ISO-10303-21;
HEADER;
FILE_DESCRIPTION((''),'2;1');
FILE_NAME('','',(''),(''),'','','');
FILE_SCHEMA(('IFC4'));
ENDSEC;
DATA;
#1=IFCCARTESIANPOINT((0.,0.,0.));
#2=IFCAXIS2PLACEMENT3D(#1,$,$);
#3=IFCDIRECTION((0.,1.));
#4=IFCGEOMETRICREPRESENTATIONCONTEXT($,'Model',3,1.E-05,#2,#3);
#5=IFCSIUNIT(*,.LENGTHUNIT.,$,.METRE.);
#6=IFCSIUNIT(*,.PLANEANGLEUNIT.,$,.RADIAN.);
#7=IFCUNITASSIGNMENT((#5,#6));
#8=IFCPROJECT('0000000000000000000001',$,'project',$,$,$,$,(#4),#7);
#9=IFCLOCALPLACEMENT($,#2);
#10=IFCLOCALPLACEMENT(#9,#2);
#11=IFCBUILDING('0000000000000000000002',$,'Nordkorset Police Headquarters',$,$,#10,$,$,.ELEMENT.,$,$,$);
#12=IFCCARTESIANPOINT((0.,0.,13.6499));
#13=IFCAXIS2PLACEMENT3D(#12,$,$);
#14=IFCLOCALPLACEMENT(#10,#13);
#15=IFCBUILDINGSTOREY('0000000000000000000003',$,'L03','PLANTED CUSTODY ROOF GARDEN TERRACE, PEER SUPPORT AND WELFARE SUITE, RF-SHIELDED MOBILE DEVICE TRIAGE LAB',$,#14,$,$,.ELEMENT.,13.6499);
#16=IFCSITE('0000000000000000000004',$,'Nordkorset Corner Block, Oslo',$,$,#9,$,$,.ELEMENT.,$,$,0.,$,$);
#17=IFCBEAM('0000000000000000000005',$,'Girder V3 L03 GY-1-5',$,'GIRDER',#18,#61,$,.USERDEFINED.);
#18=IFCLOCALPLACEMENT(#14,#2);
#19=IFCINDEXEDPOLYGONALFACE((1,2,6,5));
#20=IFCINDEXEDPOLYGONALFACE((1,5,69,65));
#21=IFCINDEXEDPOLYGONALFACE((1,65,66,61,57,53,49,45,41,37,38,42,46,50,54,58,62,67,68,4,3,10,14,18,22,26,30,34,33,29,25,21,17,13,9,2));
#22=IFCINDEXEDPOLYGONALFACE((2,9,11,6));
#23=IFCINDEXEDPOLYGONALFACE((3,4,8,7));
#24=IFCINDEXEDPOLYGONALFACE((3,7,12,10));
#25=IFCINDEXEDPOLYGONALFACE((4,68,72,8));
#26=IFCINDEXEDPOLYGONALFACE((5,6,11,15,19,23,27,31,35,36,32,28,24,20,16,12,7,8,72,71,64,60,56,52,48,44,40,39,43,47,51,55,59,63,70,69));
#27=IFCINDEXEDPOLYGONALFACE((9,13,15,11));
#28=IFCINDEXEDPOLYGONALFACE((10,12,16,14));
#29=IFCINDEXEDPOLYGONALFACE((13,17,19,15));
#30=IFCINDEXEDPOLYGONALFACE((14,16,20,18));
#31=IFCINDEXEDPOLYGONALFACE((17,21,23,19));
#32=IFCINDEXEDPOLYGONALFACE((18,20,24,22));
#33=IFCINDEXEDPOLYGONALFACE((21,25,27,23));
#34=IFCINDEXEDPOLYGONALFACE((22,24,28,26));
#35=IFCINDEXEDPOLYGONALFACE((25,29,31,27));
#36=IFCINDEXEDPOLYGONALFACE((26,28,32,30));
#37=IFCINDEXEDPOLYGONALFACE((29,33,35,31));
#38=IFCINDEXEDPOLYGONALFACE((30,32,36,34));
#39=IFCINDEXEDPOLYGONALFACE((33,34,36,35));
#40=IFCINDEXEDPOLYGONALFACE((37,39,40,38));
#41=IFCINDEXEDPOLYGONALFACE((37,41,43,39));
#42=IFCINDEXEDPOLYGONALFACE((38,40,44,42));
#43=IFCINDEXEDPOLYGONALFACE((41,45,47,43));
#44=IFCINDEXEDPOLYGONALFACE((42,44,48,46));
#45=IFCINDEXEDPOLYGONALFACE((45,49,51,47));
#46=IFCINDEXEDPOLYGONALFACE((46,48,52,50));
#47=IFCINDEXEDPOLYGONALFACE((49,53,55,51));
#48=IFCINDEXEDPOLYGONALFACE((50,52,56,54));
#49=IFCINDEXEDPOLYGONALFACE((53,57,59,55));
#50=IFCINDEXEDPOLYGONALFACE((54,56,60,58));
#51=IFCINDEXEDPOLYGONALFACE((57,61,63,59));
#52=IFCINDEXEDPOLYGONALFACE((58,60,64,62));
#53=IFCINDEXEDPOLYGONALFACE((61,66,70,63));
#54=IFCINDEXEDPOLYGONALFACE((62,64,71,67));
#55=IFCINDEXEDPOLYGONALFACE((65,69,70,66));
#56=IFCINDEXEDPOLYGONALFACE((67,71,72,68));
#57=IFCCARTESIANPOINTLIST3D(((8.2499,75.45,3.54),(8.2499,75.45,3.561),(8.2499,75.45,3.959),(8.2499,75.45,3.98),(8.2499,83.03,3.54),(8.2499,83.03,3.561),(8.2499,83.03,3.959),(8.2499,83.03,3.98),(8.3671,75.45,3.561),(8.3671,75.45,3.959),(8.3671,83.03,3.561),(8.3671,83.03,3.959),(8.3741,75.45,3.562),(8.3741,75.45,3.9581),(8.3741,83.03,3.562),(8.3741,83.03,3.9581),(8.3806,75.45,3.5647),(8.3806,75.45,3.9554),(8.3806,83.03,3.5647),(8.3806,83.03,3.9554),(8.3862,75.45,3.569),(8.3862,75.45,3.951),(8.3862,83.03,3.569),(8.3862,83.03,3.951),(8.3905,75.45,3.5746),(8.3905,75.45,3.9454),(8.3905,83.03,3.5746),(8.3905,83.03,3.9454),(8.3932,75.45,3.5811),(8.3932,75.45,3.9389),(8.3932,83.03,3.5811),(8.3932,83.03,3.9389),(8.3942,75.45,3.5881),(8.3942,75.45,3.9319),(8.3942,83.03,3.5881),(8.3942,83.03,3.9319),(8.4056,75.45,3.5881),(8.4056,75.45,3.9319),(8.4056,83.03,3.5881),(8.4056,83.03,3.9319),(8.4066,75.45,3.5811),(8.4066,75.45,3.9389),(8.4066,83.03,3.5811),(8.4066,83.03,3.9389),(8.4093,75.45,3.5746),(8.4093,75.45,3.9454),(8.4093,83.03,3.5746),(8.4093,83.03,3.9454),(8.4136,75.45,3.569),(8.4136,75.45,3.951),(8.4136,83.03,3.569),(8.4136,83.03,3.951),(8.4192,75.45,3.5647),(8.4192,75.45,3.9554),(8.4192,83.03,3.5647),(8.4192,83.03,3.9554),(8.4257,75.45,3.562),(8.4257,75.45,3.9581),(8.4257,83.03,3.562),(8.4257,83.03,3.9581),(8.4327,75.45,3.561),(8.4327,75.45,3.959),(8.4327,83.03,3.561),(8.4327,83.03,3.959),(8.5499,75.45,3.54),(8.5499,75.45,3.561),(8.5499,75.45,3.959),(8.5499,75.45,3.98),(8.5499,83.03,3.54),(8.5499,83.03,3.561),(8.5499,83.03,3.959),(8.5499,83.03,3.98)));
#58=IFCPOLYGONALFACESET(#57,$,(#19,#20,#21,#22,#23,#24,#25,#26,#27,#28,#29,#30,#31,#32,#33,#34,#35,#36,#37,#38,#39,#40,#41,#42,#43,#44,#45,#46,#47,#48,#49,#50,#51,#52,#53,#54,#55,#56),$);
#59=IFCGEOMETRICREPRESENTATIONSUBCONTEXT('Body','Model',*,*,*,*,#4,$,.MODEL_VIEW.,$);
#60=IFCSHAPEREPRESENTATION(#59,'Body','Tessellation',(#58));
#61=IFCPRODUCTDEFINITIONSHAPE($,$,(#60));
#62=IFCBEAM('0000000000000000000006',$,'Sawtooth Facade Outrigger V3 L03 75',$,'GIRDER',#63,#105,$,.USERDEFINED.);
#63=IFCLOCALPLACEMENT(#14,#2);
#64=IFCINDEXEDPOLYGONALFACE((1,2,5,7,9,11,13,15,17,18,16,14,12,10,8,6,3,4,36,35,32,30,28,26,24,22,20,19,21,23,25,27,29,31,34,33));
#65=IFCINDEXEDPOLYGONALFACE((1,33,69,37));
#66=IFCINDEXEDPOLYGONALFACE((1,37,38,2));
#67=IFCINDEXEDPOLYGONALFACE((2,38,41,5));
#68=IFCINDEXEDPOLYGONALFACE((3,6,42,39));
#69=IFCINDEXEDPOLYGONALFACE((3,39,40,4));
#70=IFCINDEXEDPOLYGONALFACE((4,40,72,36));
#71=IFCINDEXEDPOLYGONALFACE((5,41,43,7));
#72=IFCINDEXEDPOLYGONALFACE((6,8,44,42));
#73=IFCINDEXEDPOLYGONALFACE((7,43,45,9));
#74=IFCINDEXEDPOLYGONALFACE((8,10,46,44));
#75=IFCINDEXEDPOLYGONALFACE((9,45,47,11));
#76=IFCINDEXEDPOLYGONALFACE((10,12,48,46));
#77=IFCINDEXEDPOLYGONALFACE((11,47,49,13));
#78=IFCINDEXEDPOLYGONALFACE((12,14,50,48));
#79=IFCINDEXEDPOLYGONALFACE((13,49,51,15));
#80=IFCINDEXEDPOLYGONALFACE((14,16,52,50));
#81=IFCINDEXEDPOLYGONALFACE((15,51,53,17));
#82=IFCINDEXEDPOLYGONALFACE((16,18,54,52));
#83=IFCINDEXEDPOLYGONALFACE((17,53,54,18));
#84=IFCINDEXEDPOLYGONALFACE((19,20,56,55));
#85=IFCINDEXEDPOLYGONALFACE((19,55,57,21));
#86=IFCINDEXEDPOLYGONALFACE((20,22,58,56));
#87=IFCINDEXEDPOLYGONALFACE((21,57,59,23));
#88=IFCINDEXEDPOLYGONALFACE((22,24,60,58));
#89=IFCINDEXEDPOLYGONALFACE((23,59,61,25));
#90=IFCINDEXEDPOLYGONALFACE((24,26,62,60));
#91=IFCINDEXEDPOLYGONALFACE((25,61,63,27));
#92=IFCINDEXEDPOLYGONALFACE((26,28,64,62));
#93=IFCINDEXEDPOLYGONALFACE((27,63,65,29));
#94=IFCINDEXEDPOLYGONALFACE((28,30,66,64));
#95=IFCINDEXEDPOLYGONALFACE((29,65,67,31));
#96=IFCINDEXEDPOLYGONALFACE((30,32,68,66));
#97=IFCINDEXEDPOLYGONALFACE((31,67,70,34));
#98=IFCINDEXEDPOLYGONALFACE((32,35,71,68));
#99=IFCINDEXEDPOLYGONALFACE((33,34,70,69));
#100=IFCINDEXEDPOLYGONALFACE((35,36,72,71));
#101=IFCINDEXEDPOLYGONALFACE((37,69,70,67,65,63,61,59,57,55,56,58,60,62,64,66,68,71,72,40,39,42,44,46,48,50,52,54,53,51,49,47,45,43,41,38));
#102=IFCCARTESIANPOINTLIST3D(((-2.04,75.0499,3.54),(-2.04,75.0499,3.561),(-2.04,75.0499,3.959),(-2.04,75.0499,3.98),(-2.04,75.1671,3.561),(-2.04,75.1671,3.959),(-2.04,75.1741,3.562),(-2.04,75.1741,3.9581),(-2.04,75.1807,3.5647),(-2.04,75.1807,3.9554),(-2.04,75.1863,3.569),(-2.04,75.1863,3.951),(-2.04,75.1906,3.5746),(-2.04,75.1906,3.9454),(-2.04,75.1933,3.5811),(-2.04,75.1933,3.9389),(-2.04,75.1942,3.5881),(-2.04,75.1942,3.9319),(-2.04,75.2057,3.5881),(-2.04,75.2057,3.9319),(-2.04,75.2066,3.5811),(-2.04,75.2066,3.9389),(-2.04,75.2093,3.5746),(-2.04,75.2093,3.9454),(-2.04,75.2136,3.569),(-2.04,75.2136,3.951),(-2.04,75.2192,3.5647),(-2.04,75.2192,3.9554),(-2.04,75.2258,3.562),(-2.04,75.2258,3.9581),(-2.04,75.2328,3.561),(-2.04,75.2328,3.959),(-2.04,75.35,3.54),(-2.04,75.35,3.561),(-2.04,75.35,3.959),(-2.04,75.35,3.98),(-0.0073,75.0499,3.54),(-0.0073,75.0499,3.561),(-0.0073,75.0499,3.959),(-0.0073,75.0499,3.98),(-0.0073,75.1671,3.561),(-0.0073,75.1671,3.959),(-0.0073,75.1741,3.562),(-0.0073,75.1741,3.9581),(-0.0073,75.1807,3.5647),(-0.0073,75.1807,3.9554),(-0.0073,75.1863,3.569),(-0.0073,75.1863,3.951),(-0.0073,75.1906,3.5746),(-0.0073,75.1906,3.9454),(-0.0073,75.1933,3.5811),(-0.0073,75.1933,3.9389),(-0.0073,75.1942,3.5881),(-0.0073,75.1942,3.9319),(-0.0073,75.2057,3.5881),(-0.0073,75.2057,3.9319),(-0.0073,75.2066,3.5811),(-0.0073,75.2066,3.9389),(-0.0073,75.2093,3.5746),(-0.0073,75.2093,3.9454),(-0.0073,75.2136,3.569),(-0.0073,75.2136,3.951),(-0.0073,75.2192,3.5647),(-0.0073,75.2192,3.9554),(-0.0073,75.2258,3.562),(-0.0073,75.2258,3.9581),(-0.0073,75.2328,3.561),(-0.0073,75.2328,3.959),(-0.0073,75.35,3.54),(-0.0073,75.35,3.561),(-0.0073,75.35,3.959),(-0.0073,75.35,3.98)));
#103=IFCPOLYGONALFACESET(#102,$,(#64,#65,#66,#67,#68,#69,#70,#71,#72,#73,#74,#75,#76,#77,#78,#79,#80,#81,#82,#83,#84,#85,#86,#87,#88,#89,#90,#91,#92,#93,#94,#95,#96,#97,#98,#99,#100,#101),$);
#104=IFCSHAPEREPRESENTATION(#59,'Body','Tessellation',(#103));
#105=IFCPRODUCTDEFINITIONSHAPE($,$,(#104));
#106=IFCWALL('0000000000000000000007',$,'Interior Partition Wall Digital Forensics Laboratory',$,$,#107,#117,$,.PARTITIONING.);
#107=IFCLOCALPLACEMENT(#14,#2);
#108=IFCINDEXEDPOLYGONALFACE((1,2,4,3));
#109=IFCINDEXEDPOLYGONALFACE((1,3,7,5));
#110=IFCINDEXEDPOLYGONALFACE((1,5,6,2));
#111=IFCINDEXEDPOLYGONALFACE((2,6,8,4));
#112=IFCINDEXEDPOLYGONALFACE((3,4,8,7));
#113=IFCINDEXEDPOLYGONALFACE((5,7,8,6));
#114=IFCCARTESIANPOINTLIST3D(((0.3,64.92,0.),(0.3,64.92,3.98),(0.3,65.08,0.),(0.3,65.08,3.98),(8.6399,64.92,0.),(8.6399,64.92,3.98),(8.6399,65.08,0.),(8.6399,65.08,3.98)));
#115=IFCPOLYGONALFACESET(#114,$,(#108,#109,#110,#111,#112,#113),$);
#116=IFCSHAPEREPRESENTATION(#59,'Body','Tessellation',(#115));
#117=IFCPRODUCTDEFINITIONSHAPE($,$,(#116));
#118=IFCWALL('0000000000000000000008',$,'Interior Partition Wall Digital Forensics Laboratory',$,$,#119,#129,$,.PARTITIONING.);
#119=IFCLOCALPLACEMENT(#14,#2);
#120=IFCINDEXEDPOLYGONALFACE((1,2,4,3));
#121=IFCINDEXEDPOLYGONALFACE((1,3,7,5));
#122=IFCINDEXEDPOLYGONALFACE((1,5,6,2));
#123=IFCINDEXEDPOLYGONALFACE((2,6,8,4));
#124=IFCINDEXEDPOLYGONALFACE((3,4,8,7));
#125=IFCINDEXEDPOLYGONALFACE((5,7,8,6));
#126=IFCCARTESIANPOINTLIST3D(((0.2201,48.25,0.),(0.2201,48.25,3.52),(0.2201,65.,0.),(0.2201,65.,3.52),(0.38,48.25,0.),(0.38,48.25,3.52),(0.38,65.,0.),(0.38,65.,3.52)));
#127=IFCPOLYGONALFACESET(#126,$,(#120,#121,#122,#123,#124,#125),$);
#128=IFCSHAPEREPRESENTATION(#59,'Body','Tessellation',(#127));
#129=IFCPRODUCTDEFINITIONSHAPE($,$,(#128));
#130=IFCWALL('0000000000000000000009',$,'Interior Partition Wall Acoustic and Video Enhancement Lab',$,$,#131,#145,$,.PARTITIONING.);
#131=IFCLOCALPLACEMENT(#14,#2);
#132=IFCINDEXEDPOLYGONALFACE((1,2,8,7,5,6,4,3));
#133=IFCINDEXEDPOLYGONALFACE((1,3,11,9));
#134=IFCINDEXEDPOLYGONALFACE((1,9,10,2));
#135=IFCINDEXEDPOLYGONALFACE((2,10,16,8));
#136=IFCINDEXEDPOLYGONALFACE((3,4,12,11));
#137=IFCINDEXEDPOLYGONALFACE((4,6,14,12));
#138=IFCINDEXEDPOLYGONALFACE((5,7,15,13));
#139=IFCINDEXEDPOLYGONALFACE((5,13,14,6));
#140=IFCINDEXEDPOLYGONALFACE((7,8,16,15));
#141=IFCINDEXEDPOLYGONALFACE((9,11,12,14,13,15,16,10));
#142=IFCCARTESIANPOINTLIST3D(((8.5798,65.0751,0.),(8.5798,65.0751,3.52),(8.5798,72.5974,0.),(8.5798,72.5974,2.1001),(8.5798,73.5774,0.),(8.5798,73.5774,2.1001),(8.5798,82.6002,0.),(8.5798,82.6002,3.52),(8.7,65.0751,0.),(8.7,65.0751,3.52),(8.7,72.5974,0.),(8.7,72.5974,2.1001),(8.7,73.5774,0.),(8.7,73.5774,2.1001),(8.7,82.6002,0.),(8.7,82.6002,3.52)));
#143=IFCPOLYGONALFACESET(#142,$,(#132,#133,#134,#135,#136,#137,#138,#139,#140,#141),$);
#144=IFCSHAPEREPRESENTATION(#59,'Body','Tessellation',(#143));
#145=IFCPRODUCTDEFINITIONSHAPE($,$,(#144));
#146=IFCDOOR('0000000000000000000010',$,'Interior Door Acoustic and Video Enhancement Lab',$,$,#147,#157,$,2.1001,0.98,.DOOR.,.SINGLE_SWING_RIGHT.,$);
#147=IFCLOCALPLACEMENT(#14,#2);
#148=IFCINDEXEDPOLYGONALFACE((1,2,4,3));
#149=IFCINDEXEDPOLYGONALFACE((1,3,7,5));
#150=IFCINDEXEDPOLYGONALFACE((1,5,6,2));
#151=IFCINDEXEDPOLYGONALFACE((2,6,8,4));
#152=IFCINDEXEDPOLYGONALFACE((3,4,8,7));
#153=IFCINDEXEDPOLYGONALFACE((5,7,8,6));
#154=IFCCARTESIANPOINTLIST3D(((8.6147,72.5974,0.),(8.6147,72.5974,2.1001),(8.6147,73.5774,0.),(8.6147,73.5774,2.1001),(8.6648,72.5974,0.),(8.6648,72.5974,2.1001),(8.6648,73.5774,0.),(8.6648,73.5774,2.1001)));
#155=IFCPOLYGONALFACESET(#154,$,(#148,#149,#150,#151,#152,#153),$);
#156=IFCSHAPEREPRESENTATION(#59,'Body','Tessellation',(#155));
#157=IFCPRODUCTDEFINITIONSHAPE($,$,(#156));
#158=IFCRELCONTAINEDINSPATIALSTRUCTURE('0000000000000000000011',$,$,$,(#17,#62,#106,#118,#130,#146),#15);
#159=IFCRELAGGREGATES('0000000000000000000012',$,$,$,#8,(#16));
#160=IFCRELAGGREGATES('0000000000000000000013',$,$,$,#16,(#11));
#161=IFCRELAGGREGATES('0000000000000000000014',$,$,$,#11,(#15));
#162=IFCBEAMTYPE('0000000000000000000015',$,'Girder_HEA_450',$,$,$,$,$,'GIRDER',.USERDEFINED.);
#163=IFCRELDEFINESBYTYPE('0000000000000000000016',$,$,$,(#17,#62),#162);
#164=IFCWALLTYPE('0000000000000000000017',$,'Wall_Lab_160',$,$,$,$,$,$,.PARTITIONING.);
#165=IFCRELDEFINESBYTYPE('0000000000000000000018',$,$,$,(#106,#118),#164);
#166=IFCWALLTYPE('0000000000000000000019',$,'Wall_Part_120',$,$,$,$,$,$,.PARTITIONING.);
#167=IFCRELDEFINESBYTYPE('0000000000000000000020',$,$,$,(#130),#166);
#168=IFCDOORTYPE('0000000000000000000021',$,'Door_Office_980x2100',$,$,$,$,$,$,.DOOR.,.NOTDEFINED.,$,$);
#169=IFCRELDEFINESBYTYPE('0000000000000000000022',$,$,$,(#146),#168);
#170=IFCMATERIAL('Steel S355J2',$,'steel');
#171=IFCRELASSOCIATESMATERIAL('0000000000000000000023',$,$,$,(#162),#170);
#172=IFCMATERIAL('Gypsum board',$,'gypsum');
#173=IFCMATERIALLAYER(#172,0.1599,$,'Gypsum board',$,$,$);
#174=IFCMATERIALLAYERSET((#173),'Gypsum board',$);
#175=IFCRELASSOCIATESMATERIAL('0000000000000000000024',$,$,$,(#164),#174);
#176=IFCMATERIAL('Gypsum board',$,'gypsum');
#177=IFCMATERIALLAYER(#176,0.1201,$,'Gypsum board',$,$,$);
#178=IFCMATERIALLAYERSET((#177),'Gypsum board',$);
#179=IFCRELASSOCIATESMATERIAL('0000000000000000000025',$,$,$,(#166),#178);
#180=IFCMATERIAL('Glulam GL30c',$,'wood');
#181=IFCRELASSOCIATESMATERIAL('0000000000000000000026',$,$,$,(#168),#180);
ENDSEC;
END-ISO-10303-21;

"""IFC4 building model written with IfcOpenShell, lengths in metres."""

from ifc_helpers import new_model, si_unit, direction, frame, frame_2d, origin, origin_2d, place, context, subcontext, project, spatial, rectangle, i_section, extrude, material, layer, layer_set, material_profile, profile_set, type_object, element, fill, save


model = new_model("IFC4")

# Units and contexts
model_context = context("Model", 3, precision=1e-05, world=origin(), true_north=direction((0.0, 1.0)))
body_context = subcontext(model_context, "Body", "Model", "MODEL_VIEW")
ifc_project = project(units=[si_unit("LENGTHUNIT", "METRE"), si_unit("PLANEANGLEUNIT", "RADIAN")], contexts=[model_context])

# Site, building, storey
site_placement = place(None, origin())
site = spatial("IfcSite", under=ifc_project, at=site_placement, Name="Nordkorset Corner Block, Oslo", CompositionType="ELEMENT", RefElevation=0.0)
building_placement = place(site_placement, origin())
building = spatial("IfcBuilding", under=site, at=building_placement, Name="Nordkorset Police Headquarters", CompositionType="ELEMENT")
storey_placement = place(building_placement, frame((0.0, 0.0, 13.6499)))
storey = spatial("IfcBuildingStorey", under=building, at=storey_placement, Name="L03", Description="PLANTED CUSTODY ROOF GARDEN TERRACE, PEER SUPPORT AND WELFARE SUITE, RF-SHIELDED MOBILE DEVICE TRIAGE LAB", CompositionType="ELEMENT", Elevation=13.6499)

# Beams
ifc_material_1 = material(Name="Steel S355J2", Category="steel")
ifc_material_profile_1 = material_profile(ifc_material_1, i_section(OverallWidth=0.3, OverallDepth=0.4399, WebThickness=0.0115, FlangeThickness=0.021, FilletRadius=0.0271, at=origin_2d()), Name="HEA 450")
ifc_profile_set_1 = profile_set([ifc_material_profile_1], Name="Steel S355J2")
beam_type_1 = type_object("IfcBeamType", Name="Girder_HEA_450", ElementType="GIRDER", PredefinedType="USERDEFINED", material=ifc_profile_set_1)
beam_1_placement = place(storey_placement, frame((8.3999, 75.45, 3.76), z_axis=(0.0, 1.0, 0.0), x_axis=(-1.0, 0.0, 0.0)))
element("IfcBeam", 1, at=beam_1_placement, inside=storey, type_object=beam_type_1, Name="Girder V3 L03 GY-1-5", ObjectType="GIRDER", PredefinedType="USERDEFINED", context=body_context, shape_type="SweptSolid", body=[
    extrude(i_section(OverallWidth=0.3, OverallDepth=0.4399, WebThickness=0.0115, FlangeThickness=0.021, FilletRadius=0.0271, at=origin_2d()), origin(), (0.0, 0.0, 1.0), 7.5801),
])
beam_2_placement = place(storey_placement, frame((-0.0073, 75.2, 3.76), z_axis=(-1.0, 0.0, 0.0), x_axis=(0.0, -1.0, 0.0)))
element("IfcBeam", 2, at=beam_2_placement, inside=storey, type_object=beam_type_1, Name="Sawtooth Facade Outrigger V3 L03 75", ObjectType="GIRDER", PredefinedType="USERDEFINED", context=body_context, shape_type="SweptSolid", body=[
    extrude(i_section(OverallWidth=0.3, OverallDepth=0.4399, WebThickness=0.0115, FlangeThickness=0.021, FilletRadius=0.0271, at=origin_2d()), origin(), (0.0, 0.0, 1.0), 2.0327),
])

# Walls
ifc_material_2 = material(Name="Gypsum board", Category="gypsum")
ifc_layer_1 = layer(ifc_material_2, 0.1599, Name="Gypsum board")
ifc_layer_set_1 = layer_set([ifc_layer_1], Name="Gypsum board")
wall_type_1 = type_object("IfcWallType", Name="Wall_Lab_160", PredefinedType="PARTITIONING", material=ifc_layer_set_1)
wall_1_placement = place(storey_placement, frame((8.6399, 65.0, 0.0), z_axis=(0.0, 0.0, 1.0), x_axis=(-1.0, 0.0, 0.0)))
element("IfcWall", 3, at=wall_1_placement, inside=storey, type_object=wall_type_1, Name="Interior Partition Wall Digital Forensics Laboratory", PredefinedType="PARTITIONING", context=body_context, shape_type="SweptSolid", body=[
    extrude(rectangle(XDim=8.3398, YDim=0.1599, at=frame_2d((4.1699, 0.0))), origin(), (0.0, 0.0, 1.0), 3.98),
])
wall_2_placement = place(storey_placement, frame((0.3, 65.0, 0.0), z_axis=(0.0, 0.0, 1.0), x_axis=(0.0, -1.0, 0.0)))
element("IfcWall", 4, at=wall_2_placement, inside=storey, type_object=wall_type_1, Name="Interior Partition Wall Digital Forensics Laboratory", PredefinedType="PARTITIONING", context=body_context, shape_type="SweptSolid", body=[
    extrude(rectangle(XDim=16.75, YDim=0.1599, at=frame_2d((8.375, 0.0))), origin(), (0.0, 0.0, 1.0), 3.52),
])

# Wall, opening, door
ifc_material_3 = material(Name="Gypsum board", Category="gypsum")
ifc_layer_2 = layer(ifc_material_3, 0.1201, Name="Gypsum board")
ifc_layer_set_2 = layer_set([ifc_layer_2], Name="Gypsum board")
wall_type_2 = type_object("IfcWallType", Name="Wall_Part_120", PredefinedType="PARTITIONING", material=ifc_layer_set_2)
wall_3_placement = place(storey_placement, frame((8.6399, 65.075, 0.0), z_axis=(0.0, 0.0, 1.0), x_axis=(0.0, 1.0, 0.0)))
wall_3 = element("IfcWall", 5, at=wall_3_placement, inside=storey, type_object=wall_type_2, Name="Interior Partition Wall Acoustic and Video Enhancement Lab", PredefinedType="PARTITIONING", context=body_context, shape_type="SweptSolid", body=[
    extrude(rectangle(XDim=17.5251, YDim=0.1201, at=frame_2d((8.7627, 0.0))), origin(), (0.0, 0.0, 1.0), 3.52),
])
opening_placement = place(wall_3_placement, frame((7.5225, 0.0, 0.0)))
opening = element("IfcOpeningElement", 6, at=opening_placement, cuts=wall_3, PredefinedType="OPENING", context=body_context, shape_type="SweptSolid", body=[
    extrude(rectangle(XDim=0.98, YDim=2.1001, at=frame_2d((0.49, 1.05))), frame((0.0, 0.0701, 0.0), z_axis=(0.0, -1.0, 0.0), x_axis=(1.0, 0.0, 0.0)), (0.0, 0.0, 1.0), 0.1401),
])
ifc_material_4 = material(Name="Glulam GL30c", Category="wood")
door_type = type_object("IfcDoorType", Name="Door_Office_980x2100", OperationType="NOTDEFINED", PredefinedType="DOOR", material=ifc_material_4)
door_placement = place(opening_placement, frame((0.98, 0.0, 0.0), z_axis=(0.0, 0.0, 1.0), x_axis=(-1.0, 0.0, 0.0)))
door = element("IfcDoor", 7, at=door_placement, inside=storey, type_object=door_type, Name="Interior Door Acoustic and Video Enhancement Lab", OperationType="SINGLE_SWING_RIGHT", OverallHeight=2.1001, OverallWidth=0.98, PredefinedType="DOOR", context=body_context, shape_type="SweptSolid", body=[
    extrude(rectangle(XDim=0.98, YDim=2.1001, at=frame_2d((0.49, 1.05))), frame((0.0, 0.0249, 0.0), z_axis=(0.0, -1.0, 0.0), x_axis=(1.0, 0.0, 0.0)), (0.0, 0.0, 1.0), 0.05),
])
fill(opening, door)

save(model, "model.ifc")
